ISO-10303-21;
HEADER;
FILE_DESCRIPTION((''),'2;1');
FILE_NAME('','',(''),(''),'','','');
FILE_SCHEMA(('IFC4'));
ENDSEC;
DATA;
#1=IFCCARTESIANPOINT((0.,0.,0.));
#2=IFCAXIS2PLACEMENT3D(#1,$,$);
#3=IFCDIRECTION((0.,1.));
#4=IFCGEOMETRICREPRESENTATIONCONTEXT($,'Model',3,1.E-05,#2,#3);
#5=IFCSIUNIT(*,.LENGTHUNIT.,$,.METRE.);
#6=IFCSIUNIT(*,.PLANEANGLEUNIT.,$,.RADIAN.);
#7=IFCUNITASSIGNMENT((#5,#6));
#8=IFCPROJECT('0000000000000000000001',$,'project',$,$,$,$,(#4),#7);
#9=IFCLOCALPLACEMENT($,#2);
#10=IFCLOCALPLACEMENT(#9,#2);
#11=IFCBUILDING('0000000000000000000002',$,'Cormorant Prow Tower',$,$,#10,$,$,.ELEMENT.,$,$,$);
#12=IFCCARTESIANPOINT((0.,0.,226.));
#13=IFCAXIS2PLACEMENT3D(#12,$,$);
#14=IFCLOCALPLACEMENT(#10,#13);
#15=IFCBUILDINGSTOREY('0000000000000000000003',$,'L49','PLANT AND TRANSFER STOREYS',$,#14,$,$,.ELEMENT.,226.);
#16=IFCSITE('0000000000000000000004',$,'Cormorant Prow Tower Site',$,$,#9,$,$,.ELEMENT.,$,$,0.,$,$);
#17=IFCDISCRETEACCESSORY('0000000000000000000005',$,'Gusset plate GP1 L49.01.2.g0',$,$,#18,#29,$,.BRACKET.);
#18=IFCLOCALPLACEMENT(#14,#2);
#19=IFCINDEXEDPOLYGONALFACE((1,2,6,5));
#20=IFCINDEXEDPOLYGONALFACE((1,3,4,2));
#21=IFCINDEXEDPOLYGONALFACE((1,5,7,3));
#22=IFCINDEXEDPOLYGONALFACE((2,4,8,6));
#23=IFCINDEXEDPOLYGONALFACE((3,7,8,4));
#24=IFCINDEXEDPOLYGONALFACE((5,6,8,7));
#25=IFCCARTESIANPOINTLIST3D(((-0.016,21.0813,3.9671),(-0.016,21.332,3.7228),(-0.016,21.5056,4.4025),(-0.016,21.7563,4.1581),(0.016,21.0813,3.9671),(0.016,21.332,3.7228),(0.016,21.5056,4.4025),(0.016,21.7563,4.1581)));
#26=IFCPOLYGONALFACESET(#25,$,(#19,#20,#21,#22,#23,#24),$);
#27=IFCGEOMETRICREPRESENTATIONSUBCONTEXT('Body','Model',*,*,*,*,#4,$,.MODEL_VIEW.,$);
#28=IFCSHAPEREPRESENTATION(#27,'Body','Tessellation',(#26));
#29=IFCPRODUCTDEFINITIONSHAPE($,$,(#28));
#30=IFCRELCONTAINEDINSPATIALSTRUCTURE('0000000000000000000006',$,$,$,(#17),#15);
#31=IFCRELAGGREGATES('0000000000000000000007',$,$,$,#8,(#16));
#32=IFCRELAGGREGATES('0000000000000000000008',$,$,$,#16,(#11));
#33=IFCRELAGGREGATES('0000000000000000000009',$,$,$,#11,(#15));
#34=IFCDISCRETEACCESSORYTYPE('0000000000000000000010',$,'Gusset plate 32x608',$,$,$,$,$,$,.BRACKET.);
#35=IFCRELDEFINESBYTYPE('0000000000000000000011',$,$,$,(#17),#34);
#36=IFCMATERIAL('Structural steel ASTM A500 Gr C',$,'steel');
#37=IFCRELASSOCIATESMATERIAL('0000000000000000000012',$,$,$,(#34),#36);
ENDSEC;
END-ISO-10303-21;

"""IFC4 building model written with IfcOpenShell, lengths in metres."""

from ifc_helpers import new_model, si_unit, direction, frame, origin, origin_2d, place, context, subcontext, project, spatial, rectangle, extrude, material, material_profile, profile_set, type_object, element, save


model = new_model("IFC4")

# Units and contexts
model_context = context("Model", 3, precision=1e-05, world=origin(), true_north=direction((0.0, 1.0)))
body_context = subcontext(model_context, "Body", "Model", "MODEL_VIEW")
ifc_project = project(units=[si_unit("LENGTHUNIT", "METRE"), si_unit("PLANEANGLEUNIT", "RADIAN")], contexts=[model_context])

# Site, building, storey
site_placement = place(None, origin())
site = spatial("IfcSite", under=ifc_project, at=site_placement, Name="Cormorant Prow Tower Site", CompositionType="ELEMENT", RefElevation=0.0)
building_placement = place(site_placement, origin())
building = spatial("IfcBuilding", under=site, at=building_placement, Name="Cormorant Prow Tower", CompositionType="ELEMENT")
storey_placement = place(building_placement, frame((0.0, 0.0, 226.0)))
storey = spatial("IfcBuildingStorey", under=building, at=storey_placement, Name="L49", Description="PLANT AND TRANSFER STOREYS", CompositionType="ELEMENT", Elevation=226.0)

# Discrete accessory
ifc_material_1 = material(Name="Structural steel ASTM A500 Gr C", Category="steel")
ifc_material_profile_1 = material_profile(ifc_material_1, rectangle(XDim=0.032, YDim=0.6079, at=origin_2d()), Name="Gusset plate 32x608")
ifc_profile_set_1 = profile_set([ifc_material_profile_1], Name="Structural steel ASTM A500 Gr C")
discrete_accessory_type_1 = type_object("IfcDiscreteAccessoryType", Name="Gusset plate 32x608", PredefinedType="BRACKET", material=ifc_profile_set_1)
discrete_accessory_1_placement = place(storey_placement, frame((0.0, 21.5442, 3.9404), z_axis=(0.0, -0.716113, 0.697984), x_axis=(1.0, 0.0, 0.0)))
element("IfcDiscreteAccessory", 1, at=discrete_accessory_1_placement, inside=storey, type_object=discrete_accessory_type_1, Name="Gusset plate GP1 L49.01.2.g0", PredefinedType="BRACKET", context=body_context, shape_type="SweptSolid", body=[
    extrude(rectangle(XDim=0.032, YDim=0.6079, at=origin_2d()), origin(), (0.0, 0.0, 1.0), 0.3501),
])

save(model, "model.ifc")
